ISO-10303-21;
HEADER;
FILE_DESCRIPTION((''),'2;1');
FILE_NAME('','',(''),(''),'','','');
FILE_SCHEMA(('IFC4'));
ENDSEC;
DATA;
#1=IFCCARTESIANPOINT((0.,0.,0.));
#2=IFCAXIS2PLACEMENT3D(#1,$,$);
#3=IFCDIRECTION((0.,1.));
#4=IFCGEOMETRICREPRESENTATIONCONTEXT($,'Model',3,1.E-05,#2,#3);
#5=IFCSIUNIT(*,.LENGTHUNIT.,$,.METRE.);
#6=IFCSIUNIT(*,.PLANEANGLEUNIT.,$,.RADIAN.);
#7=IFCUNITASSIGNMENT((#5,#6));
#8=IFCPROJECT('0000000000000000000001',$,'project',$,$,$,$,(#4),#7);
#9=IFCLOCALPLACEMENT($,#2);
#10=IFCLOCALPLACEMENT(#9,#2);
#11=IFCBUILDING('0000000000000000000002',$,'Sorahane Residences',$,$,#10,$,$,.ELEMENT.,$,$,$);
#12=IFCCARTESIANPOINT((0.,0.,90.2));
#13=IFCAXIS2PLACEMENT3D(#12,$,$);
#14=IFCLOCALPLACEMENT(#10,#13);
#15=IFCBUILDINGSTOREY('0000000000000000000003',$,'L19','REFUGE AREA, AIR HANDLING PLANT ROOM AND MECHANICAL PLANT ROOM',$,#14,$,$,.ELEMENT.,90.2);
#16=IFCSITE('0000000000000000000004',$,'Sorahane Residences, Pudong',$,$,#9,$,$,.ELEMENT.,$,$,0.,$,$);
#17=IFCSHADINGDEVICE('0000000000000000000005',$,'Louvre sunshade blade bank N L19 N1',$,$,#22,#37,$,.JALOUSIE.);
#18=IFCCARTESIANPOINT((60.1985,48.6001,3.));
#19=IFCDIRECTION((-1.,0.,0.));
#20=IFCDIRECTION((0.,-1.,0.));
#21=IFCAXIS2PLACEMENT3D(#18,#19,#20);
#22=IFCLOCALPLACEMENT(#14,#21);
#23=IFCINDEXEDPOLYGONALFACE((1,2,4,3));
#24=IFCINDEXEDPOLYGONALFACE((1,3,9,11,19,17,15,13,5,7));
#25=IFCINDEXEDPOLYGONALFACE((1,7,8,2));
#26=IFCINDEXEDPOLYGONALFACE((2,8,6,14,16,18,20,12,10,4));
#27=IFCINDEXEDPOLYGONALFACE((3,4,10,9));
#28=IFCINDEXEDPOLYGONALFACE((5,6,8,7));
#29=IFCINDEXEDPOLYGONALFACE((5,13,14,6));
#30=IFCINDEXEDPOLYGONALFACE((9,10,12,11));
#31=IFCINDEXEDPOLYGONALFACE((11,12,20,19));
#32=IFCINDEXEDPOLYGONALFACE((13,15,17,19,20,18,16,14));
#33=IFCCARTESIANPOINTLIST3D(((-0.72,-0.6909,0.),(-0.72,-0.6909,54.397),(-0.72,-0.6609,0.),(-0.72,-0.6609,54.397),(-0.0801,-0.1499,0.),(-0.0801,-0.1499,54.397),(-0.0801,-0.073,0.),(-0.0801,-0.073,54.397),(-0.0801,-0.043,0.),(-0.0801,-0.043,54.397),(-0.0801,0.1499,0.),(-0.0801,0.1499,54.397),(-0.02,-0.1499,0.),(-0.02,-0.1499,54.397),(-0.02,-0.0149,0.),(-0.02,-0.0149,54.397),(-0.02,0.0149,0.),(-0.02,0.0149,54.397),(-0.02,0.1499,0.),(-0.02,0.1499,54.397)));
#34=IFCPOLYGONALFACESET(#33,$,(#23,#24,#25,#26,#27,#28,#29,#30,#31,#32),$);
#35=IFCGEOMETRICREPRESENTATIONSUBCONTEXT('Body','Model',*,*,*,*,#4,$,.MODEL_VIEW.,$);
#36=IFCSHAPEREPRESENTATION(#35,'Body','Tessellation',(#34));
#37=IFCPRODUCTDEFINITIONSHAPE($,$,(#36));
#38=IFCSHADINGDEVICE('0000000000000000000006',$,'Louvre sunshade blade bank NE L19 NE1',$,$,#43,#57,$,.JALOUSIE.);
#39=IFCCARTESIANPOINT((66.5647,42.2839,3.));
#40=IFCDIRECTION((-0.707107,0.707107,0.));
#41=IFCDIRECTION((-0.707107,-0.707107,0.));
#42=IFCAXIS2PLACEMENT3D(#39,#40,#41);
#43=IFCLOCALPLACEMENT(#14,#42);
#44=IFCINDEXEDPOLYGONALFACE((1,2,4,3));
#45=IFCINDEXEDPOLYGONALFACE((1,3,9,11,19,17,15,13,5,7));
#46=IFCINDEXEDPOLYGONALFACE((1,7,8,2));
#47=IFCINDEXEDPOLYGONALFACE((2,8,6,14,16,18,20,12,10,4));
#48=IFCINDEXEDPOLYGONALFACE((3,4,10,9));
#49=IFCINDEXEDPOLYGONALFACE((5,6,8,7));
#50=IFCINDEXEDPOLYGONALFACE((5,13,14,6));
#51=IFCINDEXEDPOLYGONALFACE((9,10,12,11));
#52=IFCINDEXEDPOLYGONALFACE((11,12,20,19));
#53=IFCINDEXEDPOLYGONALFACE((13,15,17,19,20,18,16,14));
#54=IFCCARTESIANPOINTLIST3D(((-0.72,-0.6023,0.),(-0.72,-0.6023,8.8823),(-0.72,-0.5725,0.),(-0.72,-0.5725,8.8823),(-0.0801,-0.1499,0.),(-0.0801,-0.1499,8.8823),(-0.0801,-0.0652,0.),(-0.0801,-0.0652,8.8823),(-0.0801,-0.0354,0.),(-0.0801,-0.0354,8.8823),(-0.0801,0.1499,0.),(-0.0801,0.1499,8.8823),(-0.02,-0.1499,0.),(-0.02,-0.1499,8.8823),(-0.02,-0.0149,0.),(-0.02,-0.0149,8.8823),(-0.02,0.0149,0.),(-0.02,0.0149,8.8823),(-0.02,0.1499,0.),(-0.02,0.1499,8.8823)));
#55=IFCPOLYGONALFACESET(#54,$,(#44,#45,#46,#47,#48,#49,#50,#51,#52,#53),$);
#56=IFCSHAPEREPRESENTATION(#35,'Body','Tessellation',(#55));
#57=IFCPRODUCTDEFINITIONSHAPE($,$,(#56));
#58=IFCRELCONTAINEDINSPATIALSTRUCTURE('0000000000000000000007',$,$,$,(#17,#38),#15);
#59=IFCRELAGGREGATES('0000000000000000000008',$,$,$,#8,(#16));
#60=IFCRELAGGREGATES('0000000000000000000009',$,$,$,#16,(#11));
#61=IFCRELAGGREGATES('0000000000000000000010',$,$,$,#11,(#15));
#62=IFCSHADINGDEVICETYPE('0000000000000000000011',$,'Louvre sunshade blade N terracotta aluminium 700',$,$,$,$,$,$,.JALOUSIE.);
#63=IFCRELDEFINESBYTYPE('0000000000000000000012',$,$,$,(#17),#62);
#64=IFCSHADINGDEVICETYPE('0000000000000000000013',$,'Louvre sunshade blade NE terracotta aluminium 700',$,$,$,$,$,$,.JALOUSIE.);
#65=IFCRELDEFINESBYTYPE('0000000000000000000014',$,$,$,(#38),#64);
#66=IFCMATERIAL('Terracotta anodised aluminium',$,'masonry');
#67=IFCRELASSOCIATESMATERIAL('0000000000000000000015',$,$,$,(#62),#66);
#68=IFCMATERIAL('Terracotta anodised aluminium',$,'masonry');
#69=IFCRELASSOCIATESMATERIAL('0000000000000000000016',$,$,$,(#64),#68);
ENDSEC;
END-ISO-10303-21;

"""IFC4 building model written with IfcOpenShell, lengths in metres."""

from ifc_helpers import new_model, si_unit, direction, frame, origin, place, context, subcontext, project, spatial, polyline, outline, extrude, material, type_object, element, save


model = new_model("IFC4")

# Units and contexts
model_context = context("Model", 3, precision=1e-05, world=origin(), true_north=direction((0.0, 1.0)))
body_context = subcontext(model_context, "Body", "Model", "MODEL_VIEW")
ifc_project = project(units=[si_unit("LENGTHUNIT", "METRE"), si_unit("PLANEANGLEUNIT", "RADIAN")], contexts=[model_context])

# Site, building, storey
site_placement = place(None, origin())
site = spatial("IfcSite", under=ifc_project, at=site_placement, Name="Sorahane Residences, Pudong", CompositionType="ELEMENT", RefElevation=0.0)
building_placement = place(site_placement, origin())
building = spatial("IfcBuilding", under=site, at=building_placement, Name="Sorahane Residences", CompositionType="ELEMENT")
storey_placement = place(building_placement, frame((0.0, 0.0, 90.2)))
storey = spatial("IfcBuildingStorey", under=building, at=storey_placement, Name="L19", Description="REFUGE AREA, AIR HANDLING PLANT ROOM AND MECHANICAL PLANT ROOM", CompositionType="ELEMENT", Elevation=90.2)

# Shading devices
ifc_material_1 = material(Name="Terracotta anodised aluminium", Category="masonry")
shading_device_type_1 = type_object("IfcShadingDeviceType", Name="Louvre sunshade blade N terracotta aluminium 700", PredefinedType="JALOUSIE", material=ifc_material_1)
shading_device_1_placement = place(storey_placement, frame((60.1985, 48.6001, 3.0), z_axis=(-1.0, 0.0, 0.0), x_axis=(0.0, -1.0, 0.0)))
element("IfcShadingDevice", 1, at=shading_device_1_placement, inside=storey, type_object=shading_device_type_1, Name="Louvre sunshade blade bank N L19 N1", PredefinedType="JALOUSIE", context=body_context, shape_type="SweptSolid", body=[
    extrude(outline(polyline([(-0.72, -0.6609), (-0.72, -0.6909), (-0.0801, -0.073), (-0.0801, -0.1499), (-0.02, -0.1499), (-0.02, -0.0149), (-0.02, 0.0149), (-0.02, 0.1499), (-0.0801, 0.1499), (-0.0801, -0.043), (-0.72, -0.6609)])), origin(), (0.0, 0.0, 1.0), 54.397),
])
ifc_material_2 = material(Name="Terracotta anodised aluminium", Category="masonry")
shading_device_type_2 = type_object("IfcShadingDeviceType", Name="Louvre sunshade blade NE terracotta aluminium 700", PredefinedType="JALOUSIE", material=ifc_material_2)
shading_device_2_placement = place(storey_placement, frame((66.5647, 42.2839, 3.0), z_axis=(-0.707107, 0.707107, 0.0), x_axis=(-0.707107, -0.707107, 0.0)))
element("IfcShadingDevice", 2, at=shading_device_2_placement, inside=storey, type_object=shading_device_type_2, Name="Louvre sunshade blade bank NE L19 NE1", PredefinedType="JALOUSIE", context=body_context, shape_type="SweptSolid", body=[
    extrude(outline(polyline([(-0.72, -0.5725), (-0.72, -0.6023), (-0.0801, -0.0652), (-0.0801, -0.1499), (-0.02, -0.1499), (-0.02, -0.0149), (-0.02, 0.0149), (-0.02, 0.1499), (-0.0801, 0.1499), (-0.0801, -0.0354), (-0.72, -0.5725)])), origin(), (0.0, 0.0, 1.0), 8.8823),
])

save(model, "model.ifc")
